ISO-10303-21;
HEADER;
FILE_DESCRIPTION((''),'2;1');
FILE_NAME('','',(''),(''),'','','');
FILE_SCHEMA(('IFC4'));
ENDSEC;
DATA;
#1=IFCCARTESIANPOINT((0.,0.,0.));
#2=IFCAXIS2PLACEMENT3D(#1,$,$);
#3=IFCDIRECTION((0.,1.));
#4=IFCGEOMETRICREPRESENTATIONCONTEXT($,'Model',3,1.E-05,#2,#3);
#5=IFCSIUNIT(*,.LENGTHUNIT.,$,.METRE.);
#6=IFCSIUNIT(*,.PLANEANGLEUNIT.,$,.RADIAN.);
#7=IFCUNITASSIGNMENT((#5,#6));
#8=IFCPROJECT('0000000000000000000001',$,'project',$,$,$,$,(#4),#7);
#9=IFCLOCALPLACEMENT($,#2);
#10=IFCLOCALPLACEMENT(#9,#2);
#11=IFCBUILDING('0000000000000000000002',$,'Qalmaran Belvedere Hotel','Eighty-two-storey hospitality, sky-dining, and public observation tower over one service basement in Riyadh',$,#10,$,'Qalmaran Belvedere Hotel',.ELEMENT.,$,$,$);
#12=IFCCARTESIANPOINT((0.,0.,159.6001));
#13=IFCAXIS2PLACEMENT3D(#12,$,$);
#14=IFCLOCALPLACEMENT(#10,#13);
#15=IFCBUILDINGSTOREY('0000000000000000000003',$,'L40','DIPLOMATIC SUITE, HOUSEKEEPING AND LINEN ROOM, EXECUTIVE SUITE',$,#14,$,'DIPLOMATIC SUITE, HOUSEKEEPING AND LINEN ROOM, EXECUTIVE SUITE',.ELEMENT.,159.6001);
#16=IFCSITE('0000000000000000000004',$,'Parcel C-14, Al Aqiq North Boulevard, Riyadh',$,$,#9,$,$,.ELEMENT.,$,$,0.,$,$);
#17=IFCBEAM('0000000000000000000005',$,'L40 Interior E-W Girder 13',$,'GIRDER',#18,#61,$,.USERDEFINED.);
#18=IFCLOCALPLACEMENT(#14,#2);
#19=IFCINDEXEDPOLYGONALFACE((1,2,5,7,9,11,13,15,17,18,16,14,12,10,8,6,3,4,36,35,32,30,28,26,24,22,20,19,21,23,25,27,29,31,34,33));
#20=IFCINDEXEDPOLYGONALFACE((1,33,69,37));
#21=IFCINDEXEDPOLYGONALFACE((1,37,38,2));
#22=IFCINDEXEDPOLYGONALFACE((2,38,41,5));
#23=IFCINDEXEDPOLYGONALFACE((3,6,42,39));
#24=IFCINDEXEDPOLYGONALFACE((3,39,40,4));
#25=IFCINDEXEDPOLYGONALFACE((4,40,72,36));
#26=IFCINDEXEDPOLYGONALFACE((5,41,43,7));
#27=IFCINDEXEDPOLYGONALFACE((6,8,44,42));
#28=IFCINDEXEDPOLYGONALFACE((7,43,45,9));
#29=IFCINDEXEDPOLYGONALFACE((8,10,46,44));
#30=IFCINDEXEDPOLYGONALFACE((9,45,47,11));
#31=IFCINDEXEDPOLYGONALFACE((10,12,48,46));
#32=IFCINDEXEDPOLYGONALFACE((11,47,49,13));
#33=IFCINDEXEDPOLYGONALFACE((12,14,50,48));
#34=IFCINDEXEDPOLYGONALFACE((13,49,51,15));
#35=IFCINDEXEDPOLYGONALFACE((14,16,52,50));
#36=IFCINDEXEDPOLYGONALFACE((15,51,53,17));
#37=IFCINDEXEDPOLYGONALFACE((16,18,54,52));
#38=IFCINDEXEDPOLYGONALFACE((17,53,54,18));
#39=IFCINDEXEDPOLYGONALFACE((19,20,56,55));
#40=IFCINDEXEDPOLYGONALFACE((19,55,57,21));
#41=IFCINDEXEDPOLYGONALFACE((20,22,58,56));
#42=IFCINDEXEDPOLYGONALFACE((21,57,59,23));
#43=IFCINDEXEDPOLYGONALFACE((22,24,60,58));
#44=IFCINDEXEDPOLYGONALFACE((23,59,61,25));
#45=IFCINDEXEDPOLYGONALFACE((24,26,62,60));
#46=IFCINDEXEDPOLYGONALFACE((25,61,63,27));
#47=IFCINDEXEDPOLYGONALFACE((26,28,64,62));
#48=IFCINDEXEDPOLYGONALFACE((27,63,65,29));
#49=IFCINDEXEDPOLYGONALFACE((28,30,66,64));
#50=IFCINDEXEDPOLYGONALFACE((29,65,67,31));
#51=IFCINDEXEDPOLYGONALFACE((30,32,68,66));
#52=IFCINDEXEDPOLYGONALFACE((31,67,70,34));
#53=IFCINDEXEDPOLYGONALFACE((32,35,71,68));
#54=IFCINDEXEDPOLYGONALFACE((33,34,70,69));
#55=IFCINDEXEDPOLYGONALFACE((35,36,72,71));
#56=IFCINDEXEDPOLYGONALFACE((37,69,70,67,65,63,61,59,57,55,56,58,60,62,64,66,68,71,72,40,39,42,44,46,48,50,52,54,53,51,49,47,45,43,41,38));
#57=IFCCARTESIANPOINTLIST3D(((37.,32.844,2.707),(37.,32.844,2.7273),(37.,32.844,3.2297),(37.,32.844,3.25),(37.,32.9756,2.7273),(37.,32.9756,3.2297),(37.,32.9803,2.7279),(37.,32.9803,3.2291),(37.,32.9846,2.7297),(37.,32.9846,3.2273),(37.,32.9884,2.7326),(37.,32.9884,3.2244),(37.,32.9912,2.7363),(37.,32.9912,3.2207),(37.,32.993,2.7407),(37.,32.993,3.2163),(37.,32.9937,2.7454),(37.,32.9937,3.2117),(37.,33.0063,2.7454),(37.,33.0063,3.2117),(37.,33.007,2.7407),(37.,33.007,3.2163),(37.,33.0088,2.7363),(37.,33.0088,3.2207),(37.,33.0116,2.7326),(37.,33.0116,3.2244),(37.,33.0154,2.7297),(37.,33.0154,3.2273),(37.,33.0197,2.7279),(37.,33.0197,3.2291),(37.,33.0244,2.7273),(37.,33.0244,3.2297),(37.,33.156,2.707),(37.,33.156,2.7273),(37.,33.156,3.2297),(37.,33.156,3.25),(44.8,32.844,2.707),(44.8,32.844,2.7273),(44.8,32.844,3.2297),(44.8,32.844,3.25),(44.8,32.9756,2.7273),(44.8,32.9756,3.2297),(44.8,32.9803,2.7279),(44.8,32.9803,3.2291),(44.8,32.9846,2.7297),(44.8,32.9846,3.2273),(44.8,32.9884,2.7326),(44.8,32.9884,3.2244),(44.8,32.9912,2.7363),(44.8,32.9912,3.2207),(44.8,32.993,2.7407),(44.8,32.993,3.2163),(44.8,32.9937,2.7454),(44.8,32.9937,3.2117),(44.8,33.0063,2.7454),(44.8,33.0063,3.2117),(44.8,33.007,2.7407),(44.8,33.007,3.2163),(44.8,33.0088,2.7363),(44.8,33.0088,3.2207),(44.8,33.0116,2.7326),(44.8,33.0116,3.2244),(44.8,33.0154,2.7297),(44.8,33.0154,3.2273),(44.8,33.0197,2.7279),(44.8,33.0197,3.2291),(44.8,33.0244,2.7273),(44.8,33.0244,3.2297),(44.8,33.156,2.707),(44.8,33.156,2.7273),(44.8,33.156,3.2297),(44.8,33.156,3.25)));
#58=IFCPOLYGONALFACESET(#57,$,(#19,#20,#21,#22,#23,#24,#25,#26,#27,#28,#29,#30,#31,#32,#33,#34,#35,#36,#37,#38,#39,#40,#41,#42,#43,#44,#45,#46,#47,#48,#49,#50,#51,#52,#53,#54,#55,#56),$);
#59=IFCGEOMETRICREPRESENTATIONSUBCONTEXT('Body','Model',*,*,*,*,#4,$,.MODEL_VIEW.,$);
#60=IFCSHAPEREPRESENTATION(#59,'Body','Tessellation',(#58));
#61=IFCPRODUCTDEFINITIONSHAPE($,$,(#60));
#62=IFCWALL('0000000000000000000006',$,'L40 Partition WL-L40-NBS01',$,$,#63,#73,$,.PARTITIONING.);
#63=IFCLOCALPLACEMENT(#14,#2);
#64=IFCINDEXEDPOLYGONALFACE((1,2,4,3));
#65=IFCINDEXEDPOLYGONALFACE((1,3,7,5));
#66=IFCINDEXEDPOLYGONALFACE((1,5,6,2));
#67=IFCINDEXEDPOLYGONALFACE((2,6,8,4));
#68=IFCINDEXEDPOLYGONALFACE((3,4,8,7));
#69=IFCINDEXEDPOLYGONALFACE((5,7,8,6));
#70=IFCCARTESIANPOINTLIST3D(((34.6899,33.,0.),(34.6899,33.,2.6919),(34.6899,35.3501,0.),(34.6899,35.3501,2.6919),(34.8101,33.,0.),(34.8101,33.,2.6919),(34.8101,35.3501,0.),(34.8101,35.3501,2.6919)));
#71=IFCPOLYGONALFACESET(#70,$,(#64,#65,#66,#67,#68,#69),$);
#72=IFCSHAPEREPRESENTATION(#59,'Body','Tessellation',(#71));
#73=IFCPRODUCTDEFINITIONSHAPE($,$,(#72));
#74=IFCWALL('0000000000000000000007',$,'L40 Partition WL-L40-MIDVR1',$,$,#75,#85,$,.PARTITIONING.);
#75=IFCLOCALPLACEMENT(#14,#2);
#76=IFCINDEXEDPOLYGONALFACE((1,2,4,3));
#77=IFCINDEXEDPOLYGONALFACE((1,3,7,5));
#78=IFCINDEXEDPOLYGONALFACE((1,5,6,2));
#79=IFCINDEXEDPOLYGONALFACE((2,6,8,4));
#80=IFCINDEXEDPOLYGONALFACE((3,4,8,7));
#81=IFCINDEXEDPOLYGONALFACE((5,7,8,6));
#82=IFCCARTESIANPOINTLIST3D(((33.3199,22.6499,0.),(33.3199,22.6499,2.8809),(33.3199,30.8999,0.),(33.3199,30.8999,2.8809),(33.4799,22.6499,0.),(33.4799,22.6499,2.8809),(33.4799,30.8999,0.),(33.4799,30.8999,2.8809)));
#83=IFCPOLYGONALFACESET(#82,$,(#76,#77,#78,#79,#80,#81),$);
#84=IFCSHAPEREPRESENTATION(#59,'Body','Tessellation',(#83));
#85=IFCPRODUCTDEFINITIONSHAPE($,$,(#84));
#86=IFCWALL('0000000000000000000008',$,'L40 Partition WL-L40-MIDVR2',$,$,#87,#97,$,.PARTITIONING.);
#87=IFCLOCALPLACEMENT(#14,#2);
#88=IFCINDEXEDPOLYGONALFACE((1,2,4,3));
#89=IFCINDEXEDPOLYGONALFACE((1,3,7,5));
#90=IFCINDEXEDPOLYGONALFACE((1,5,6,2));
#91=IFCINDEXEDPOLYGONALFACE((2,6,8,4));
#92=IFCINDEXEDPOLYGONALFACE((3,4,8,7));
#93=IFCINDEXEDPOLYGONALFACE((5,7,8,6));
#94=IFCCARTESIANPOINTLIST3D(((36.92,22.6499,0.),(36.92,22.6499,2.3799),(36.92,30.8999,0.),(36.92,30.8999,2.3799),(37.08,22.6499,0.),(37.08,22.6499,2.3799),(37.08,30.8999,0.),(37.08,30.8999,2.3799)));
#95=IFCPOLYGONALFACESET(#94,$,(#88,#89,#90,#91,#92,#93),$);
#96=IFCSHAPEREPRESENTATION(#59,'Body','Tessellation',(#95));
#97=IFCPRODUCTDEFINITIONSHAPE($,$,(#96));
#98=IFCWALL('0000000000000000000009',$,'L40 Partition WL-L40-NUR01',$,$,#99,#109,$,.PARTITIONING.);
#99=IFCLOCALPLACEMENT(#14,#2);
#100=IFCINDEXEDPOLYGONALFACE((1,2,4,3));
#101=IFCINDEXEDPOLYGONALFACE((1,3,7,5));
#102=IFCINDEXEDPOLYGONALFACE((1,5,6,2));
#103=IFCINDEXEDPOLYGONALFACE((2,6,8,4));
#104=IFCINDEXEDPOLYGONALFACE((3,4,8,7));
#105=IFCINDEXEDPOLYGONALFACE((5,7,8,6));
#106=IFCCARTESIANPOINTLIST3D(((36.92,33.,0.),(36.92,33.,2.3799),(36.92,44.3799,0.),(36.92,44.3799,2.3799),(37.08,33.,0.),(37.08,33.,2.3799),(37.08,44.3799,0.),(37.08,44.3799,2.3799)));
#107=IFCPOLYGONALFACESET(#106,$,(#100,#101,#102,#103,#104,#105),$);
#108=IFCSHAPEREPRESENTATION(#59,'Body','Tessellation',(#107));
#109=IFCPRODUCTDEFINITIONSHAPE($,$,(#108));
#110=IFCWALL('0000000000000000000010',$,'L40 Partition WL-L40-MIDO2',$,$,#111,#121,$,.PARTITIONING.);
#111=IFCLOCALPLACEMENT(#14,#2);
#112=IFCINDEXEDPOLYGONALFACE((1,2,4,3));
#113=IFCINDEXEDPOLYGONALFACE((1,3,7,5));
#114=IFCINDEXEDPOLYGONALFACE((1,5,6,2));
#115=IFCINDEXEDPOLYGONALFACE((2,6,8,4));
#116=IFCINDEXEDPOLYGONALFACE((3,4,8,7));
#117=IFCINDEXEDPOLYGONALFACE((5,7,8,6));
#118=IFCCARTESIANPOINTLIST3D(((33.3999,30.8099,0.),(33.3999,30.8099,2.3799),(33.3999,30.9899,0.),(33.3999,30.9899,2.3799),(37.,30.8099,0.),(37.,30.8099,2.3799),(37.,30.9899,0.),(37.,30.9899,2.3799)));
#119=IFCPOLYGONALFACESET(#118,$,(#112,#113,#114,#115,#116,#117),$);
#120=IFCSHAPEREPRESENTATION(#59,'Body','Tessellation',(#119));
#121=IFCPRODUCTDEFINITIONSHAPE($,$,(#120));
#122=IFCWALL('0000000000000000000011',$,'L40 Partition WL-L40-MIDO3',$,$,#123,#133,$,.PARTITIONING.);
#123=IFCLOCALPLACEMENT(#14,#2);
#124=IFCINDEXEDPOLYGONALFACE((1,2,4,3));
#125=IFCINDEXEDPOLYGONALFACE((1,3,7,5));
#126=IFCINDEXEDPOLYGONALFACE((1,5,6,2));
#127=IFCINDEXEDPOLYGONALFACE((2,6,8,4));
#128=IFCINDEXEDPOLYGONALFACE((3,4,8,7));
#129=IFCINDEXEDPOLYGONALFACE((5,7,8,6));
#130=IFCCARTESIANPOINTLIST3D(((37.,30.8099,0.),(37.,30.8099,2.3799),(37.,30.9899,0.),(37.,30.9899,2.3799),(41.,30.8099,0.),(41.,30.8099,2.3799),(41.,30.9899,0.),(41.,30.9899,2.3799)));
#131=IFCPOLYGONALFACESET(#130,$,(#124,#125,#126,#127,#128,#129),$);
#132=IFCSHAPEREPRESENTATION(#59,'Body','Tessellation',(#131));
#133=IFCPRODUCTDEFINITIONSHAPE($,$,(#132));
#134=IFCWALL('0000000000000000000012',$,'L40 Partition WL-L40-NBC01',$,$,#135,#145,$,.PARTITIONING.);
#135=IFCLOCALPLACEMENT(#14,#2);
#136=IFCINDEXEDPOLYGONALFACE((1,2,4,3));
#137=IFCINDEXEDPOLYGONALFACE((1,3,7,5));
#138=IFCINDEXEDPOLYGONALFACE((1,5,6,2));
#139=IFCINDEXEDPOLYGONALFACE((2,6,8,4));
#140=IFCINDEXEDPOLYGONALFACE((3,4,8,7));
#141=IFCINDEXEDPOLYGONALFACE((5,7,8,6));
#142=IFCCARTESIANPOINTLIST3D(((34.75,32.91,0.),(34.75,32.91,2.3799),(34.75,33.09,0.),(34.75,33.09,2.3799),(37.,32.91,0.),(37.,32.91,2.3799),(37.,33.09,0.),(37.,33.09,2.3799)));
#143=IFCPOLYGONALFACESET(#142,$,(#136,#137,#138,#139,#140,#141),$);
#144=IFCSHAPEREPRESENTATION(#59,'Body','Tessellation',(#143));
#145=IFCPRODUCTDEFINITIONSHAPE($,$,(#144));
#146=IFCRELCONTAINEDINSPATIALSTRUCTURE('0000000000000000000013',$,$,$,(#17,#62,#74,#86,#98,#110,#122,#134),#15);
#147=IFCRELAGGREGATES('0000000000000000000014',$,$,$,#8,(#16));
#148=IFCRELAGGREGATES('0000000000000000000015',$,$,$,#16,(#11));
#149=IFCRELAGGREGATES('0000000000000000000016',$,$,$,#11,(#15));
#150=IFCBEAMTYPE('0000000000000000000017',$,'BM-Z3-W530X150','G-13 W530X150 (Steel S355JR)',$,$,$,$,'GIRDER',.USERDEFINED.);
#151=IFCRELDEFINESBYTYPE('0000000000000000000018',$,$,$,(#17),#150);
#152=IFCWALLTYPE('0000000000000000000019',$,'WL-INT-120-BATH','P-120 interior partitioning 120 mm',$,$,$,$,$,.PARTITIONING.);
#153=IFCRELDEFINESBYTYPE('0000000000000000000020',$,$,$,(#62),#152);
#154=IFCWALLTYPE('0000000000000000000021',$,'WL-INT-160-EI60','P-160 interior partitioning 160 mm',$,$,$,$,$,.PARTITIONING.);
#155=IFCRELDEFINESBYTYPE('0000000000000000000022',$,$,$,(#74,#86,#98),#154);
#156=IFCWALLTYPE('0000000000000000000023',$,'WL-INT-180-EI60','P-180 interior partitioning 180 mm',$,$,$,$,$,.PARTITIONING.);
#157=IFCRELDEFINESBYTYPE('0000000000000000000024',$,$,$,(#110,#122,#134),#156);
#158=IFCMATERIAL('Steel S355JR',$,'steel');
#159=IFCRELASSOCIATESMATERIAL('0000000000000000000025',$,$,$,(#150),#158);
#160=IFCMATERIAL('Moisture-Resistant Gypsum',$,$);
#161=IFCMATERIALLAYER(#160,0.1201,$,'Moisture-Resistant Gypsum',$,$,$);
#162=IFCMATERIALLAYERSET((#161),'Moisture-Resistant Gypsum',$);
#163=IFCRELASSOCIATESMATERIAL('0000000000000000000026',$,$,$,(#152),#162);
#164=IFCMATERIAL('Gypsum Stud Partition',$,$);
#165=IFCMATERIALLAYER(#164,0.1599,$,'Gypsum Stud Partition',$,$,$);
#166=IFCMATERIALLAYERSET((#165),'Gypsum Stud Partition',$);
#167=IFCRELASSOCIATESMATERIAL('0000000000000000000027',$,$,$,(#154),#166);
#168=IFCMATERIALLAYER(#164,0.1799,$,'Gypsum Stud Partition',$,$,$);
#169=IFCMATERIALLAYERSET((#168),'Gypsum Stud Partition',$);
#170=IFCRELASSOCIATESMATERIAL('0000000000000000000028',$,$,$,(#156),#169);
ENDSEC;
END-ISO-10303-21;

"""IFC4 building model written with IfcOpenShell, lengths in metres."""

from ifc_helpers import new_model, si_unit, direction, frame, frame_2d, origin, origin_2d, place, context, subcontext, project, spatial, rectangle, i_section, extrude, material, layer, layer_set, material_profile, profile_set, type_object, element, save


model = new_model("IFC4")

# Units and contexts
model_context = context("Model", 3, precision=1e-05, world=origin(), true_north=direction((0.0, 1.0)))
body_context = subcontext(model_context, "Body", "Model", "MODEL_VIEW")
ifc_project = project(units=[si_unit("LENGTHUNIT", "METRE"), si_unit("PLANEANGLEUNIT", "RADIAN")], contexts=[model_context])

# Site, building, storey
site_placement = place(None, origin())
site = spatial("IfcSite", under=ifc_project, at=site_placement, Name="Parcel C-14, Al Aqiq North Boulevard, Riyadh", CompositionType="ELEMENT", RefElevation=0.0)
building_placement = place(site_placement, origin())
building = spatial("IfcBuilding", under=site, at=building_placement, Name="Qalmaran Belvedere Hotel", Description="Eighty-two-storey hospitality, sky-dining, and public observation tower over one service basement in Riyadh", LongName="Qalmaran Belvedere Hotel", CompositionType="ELEMENT")
storey_placement = place(building_placement, frame((0.0, 0.0, 159.6001)))
storey = spatial("IfcBuildingStorey", under=building, at=storey_placement, Name="L40", Description="DIPLOMATIC SUITE, HOUSEKEEPING AND LINEN ROOM, EXECUTIVE SUITE", LongName="DIPLOMATIC SUITE, HOUSEKEEPING AND LINEN ROOM, EXECUTIVE SUITE", CompositionType="ELEMENT", Elevation=159.6001)

# Beam
ifc_material_1 = material(Name="Steel S355JR", Category="steel")
ifc_material_profile_1 = material_profile(ifc_material_1, i_section(OverallWidth=0.312, OverallDepth=0.543, WebThickness=0.0127, FlangeThickness=0.0203, FilletRadius=0.0181, at=origin_2d()), Name="W530X150")
ifc_profile_set_1 = profile_set([ifc_material_profile_1], Name="Steel S355JR")
beam_type_1 = type_object("IfcBeamType", Name="BM-Z3-W530X150", Description="G-13 W530X150 (Steel S355JR)", ElementType="GIRDER", PredefinedType="USERDEFINED", material=ifc_profile_set_1)
for number, where, z_axis, x_axis, name in (
    (1, (37.0, 33.0, 2.9785), (1.0, 0.0, 0.0), (0.0, 1.0, 0.0), "L40 Interior E-W Girder 13"),
):
    element("IfcBeam", number, at=place(storey_placement, frame(where, z_axis=z_axis, x_axis=x_axis)), inside=storey, type_object=beam_type_1, Name=name, ObjectType="GIRDER", PredefinedType="USERDEFINED", context=body_context, shape_type="SweptSolid", body=[
        extrude(i_section(OverallWidth=0.312, OverallDepth=0.543, WebThickness=0.0127, FlangeThickness=0.0203, FilletRadius=0.0181, at=origin_2d()), origin(), (0.0, 0.0, 1.0), 7.8),
    ])

# Walls
ifc_material_2 = material(Name="Moisture-Resistant Gypsum")
ifc_layer_1 = layer(ifc_material_2, 0.1201, Name="Moisture-Resistant Gypsum")
ifc_layer_set_1 = layer_set([ifc_layer_1], Name="Moisture-Resistant Gypsum")
wall_type_1 = type_object("IfcWallType", Name="WL-INT-120-BATH", Description="P-120 interior partitioning 120 mm", PredefinedType="PARTITIONING", material=ifc_layer_set_1)
wall_1_placement = place(storey_placement, frame((34.75, 33.0, 0.0), z_axis=(0.0, 0.0, 1.0), x_axis=(0.0, 1.0, 0.0)))
element("IfcWall", 2, at=wall_1_placement, inside=storey, type_object=wall_type_1, Name="L40 Partition WL-L40-NBS01", PredefinedType="PARTITIONING", context=body_context, shape_type="SweptSolid", body=[
    extrude(rectangle(XDim=2.3501, YDim=0.1201, at=frame_2d((1.175, 0.0))), origin(), (0.0, 0.0, 1.0), 2.6919),
])
ifc_material_3 = material(Name="Gypsum Stud Partition")
ifc_layer_2 = layer(ifc_material_3, 0.1599, Name="Gypsum Stud Partition")
ifc_layer_set_2 = layer_set([ifc_layer_2], Name="Gypsum Stud Partition")
wall_type_2 = type_object("IfcWallType", Name="WL-INT-160-EI60", Description="P-160 interior partitioning 160 mm", PredefinedType="PARTITIONING", material=ifc_layer_set_2)
wall_2_placement = place(storey_placement, frame((33.3999, 22.6499, 0.0), z_axis=(0.0, 0.0, 1.0), x_axis=(0.0, 1.0, 0.0)))
element("IfcWall", 3, at=wall_2_placement, inside=storey, type_object=wall_type_2, Name="L40 Partition WL-L40-MIDVR1", PredefinedType="PARTITIONING", context=body_context, shape_type="SweptSolid", body=[
    extrude(rectangle(XDim=8.25, YDim=0.1599, at=frame_2d((4.125, 0.0))), origin(), (0.0, 0.0, 1.0), 2.8809),
])
wall_3_placement = place(storey_placement, frame((37.0, 22.6499, 0.0), z_axis=(0.0, 0.0, 1.0), x_axis=(0.0, 1.0, 0.0)))
element("IfcWall", 4, at=wall_3_placement, inside=storey, type_object=wall_type_2, Name="L40 Partition WL-L40-MIDVR2", PredefinedType="PARTITIONING", context=body_context, shape_type="SweptSolid", body=[
    extrude(rectangle(XDim=8.25, YDim=0.1599, at=frame_2d((4.125, 0.0))), origin(), (0.0, 0.0, 1.0), 2.3799),
])
wall_4_placement = place(storey_placement, frame((37.0, 33.0, 0.0), z_axis=(0.0, 0.0, 1.0), x_axis=(0.0, 1.0, 0.0)))
element("IfcWall", 5, at=wall_4_placement, inside=storey, type_object=wall_type_2, Name="L40 Partition WL-L40-NUR01", PredefinedType="PARTITIONING", context=body_context, shape_type="SweptSolid", body=[
    extrude(rectangle(XDim=11.3799, YDim=0.1599, at=frame_2d((5.6899, 0.0))), origin(), (0.0, 0.0, 1.0), 2.3799),
])

# Shared definitions
ifc_layer_3 = layer(ifc_material_3, 0.1799, Name="Gypsum Stud Partition")
ifc_layer_set_3 = layer_set([ifc_layer_3], Name="Gypsum Stud Partition")
wall_type_3 = type_object("IfcWallType", Name="WL-INT-180-EI60", Description="P-180 interior partitioning 180 mm", PredefinedType="PARTITIONING", material=ifc_layer_set_3)

# Wall
wall_5_placement = place(storey_placement, frame((33.3999, 30.8999, 0.0), z_axis=(0.0, 0.0, 1.0), x_axis=(1.0, 0.0, 0.0)))
element("IfcWall", 6, at=wall_5_placement, inside=storey, type_object=wall_type_3, Name="L40 Partition WL-L40-MIDO2", PredefinedType="PARTITIONING", context=body_context, shape_type="SweptSolid", body=[
    extrude(rectangle(XDim=3.6001, YDim=0.1799, at=frame_2d((1.8, 0.0))), origin(), (0.0, 0.0, 1.0), 2.3799),
])

# Walls
wall_6_placement = place(storey_placement, frame((37.0, 30.8999, 0.0), z_axis=(0.0, 0.0, 1.0), x_axis=(1.0, 0.0, 0.0)))
element("IfcWall", 7, at=wall_6_placement, inside=storey, type_object=wall_type_3, Name="L40 Partition WL-L40-MIDO3", PredefinedType="PARTITIONING", context=body_context, shape_type="SweptSolid", body=[
    extrude(rectangle(XDim=4.0, YDim=0.1799, at=frame_2d((2.0, 0.0))), origin(), (0.0, 0.0, 1.0), 2.3799),
])
wall_7_placement = place(storey_placement, frame((34.75, 33.0, 0.0), z_axis=(0.0, 0.0, 1.0), x_axis=(1.0, 0.0, 0.0)))
element("IfcWall", 8, at=wall_7_placement, inside=storey, type_object=wall_type_3, Name="L40 Partition WL-L40-NBC01", PredefinedType="PARTITIONING", context=body_context, shape_type="SweptSolid", body=[
    extrude(rectangle(XDim=2.25, YDim=0.1799, at=frame_2d((1.125, 0.0))), origin(), (0.0, 0.0, 1.0), 2.3799),
])

save(model, "model.ifc")
